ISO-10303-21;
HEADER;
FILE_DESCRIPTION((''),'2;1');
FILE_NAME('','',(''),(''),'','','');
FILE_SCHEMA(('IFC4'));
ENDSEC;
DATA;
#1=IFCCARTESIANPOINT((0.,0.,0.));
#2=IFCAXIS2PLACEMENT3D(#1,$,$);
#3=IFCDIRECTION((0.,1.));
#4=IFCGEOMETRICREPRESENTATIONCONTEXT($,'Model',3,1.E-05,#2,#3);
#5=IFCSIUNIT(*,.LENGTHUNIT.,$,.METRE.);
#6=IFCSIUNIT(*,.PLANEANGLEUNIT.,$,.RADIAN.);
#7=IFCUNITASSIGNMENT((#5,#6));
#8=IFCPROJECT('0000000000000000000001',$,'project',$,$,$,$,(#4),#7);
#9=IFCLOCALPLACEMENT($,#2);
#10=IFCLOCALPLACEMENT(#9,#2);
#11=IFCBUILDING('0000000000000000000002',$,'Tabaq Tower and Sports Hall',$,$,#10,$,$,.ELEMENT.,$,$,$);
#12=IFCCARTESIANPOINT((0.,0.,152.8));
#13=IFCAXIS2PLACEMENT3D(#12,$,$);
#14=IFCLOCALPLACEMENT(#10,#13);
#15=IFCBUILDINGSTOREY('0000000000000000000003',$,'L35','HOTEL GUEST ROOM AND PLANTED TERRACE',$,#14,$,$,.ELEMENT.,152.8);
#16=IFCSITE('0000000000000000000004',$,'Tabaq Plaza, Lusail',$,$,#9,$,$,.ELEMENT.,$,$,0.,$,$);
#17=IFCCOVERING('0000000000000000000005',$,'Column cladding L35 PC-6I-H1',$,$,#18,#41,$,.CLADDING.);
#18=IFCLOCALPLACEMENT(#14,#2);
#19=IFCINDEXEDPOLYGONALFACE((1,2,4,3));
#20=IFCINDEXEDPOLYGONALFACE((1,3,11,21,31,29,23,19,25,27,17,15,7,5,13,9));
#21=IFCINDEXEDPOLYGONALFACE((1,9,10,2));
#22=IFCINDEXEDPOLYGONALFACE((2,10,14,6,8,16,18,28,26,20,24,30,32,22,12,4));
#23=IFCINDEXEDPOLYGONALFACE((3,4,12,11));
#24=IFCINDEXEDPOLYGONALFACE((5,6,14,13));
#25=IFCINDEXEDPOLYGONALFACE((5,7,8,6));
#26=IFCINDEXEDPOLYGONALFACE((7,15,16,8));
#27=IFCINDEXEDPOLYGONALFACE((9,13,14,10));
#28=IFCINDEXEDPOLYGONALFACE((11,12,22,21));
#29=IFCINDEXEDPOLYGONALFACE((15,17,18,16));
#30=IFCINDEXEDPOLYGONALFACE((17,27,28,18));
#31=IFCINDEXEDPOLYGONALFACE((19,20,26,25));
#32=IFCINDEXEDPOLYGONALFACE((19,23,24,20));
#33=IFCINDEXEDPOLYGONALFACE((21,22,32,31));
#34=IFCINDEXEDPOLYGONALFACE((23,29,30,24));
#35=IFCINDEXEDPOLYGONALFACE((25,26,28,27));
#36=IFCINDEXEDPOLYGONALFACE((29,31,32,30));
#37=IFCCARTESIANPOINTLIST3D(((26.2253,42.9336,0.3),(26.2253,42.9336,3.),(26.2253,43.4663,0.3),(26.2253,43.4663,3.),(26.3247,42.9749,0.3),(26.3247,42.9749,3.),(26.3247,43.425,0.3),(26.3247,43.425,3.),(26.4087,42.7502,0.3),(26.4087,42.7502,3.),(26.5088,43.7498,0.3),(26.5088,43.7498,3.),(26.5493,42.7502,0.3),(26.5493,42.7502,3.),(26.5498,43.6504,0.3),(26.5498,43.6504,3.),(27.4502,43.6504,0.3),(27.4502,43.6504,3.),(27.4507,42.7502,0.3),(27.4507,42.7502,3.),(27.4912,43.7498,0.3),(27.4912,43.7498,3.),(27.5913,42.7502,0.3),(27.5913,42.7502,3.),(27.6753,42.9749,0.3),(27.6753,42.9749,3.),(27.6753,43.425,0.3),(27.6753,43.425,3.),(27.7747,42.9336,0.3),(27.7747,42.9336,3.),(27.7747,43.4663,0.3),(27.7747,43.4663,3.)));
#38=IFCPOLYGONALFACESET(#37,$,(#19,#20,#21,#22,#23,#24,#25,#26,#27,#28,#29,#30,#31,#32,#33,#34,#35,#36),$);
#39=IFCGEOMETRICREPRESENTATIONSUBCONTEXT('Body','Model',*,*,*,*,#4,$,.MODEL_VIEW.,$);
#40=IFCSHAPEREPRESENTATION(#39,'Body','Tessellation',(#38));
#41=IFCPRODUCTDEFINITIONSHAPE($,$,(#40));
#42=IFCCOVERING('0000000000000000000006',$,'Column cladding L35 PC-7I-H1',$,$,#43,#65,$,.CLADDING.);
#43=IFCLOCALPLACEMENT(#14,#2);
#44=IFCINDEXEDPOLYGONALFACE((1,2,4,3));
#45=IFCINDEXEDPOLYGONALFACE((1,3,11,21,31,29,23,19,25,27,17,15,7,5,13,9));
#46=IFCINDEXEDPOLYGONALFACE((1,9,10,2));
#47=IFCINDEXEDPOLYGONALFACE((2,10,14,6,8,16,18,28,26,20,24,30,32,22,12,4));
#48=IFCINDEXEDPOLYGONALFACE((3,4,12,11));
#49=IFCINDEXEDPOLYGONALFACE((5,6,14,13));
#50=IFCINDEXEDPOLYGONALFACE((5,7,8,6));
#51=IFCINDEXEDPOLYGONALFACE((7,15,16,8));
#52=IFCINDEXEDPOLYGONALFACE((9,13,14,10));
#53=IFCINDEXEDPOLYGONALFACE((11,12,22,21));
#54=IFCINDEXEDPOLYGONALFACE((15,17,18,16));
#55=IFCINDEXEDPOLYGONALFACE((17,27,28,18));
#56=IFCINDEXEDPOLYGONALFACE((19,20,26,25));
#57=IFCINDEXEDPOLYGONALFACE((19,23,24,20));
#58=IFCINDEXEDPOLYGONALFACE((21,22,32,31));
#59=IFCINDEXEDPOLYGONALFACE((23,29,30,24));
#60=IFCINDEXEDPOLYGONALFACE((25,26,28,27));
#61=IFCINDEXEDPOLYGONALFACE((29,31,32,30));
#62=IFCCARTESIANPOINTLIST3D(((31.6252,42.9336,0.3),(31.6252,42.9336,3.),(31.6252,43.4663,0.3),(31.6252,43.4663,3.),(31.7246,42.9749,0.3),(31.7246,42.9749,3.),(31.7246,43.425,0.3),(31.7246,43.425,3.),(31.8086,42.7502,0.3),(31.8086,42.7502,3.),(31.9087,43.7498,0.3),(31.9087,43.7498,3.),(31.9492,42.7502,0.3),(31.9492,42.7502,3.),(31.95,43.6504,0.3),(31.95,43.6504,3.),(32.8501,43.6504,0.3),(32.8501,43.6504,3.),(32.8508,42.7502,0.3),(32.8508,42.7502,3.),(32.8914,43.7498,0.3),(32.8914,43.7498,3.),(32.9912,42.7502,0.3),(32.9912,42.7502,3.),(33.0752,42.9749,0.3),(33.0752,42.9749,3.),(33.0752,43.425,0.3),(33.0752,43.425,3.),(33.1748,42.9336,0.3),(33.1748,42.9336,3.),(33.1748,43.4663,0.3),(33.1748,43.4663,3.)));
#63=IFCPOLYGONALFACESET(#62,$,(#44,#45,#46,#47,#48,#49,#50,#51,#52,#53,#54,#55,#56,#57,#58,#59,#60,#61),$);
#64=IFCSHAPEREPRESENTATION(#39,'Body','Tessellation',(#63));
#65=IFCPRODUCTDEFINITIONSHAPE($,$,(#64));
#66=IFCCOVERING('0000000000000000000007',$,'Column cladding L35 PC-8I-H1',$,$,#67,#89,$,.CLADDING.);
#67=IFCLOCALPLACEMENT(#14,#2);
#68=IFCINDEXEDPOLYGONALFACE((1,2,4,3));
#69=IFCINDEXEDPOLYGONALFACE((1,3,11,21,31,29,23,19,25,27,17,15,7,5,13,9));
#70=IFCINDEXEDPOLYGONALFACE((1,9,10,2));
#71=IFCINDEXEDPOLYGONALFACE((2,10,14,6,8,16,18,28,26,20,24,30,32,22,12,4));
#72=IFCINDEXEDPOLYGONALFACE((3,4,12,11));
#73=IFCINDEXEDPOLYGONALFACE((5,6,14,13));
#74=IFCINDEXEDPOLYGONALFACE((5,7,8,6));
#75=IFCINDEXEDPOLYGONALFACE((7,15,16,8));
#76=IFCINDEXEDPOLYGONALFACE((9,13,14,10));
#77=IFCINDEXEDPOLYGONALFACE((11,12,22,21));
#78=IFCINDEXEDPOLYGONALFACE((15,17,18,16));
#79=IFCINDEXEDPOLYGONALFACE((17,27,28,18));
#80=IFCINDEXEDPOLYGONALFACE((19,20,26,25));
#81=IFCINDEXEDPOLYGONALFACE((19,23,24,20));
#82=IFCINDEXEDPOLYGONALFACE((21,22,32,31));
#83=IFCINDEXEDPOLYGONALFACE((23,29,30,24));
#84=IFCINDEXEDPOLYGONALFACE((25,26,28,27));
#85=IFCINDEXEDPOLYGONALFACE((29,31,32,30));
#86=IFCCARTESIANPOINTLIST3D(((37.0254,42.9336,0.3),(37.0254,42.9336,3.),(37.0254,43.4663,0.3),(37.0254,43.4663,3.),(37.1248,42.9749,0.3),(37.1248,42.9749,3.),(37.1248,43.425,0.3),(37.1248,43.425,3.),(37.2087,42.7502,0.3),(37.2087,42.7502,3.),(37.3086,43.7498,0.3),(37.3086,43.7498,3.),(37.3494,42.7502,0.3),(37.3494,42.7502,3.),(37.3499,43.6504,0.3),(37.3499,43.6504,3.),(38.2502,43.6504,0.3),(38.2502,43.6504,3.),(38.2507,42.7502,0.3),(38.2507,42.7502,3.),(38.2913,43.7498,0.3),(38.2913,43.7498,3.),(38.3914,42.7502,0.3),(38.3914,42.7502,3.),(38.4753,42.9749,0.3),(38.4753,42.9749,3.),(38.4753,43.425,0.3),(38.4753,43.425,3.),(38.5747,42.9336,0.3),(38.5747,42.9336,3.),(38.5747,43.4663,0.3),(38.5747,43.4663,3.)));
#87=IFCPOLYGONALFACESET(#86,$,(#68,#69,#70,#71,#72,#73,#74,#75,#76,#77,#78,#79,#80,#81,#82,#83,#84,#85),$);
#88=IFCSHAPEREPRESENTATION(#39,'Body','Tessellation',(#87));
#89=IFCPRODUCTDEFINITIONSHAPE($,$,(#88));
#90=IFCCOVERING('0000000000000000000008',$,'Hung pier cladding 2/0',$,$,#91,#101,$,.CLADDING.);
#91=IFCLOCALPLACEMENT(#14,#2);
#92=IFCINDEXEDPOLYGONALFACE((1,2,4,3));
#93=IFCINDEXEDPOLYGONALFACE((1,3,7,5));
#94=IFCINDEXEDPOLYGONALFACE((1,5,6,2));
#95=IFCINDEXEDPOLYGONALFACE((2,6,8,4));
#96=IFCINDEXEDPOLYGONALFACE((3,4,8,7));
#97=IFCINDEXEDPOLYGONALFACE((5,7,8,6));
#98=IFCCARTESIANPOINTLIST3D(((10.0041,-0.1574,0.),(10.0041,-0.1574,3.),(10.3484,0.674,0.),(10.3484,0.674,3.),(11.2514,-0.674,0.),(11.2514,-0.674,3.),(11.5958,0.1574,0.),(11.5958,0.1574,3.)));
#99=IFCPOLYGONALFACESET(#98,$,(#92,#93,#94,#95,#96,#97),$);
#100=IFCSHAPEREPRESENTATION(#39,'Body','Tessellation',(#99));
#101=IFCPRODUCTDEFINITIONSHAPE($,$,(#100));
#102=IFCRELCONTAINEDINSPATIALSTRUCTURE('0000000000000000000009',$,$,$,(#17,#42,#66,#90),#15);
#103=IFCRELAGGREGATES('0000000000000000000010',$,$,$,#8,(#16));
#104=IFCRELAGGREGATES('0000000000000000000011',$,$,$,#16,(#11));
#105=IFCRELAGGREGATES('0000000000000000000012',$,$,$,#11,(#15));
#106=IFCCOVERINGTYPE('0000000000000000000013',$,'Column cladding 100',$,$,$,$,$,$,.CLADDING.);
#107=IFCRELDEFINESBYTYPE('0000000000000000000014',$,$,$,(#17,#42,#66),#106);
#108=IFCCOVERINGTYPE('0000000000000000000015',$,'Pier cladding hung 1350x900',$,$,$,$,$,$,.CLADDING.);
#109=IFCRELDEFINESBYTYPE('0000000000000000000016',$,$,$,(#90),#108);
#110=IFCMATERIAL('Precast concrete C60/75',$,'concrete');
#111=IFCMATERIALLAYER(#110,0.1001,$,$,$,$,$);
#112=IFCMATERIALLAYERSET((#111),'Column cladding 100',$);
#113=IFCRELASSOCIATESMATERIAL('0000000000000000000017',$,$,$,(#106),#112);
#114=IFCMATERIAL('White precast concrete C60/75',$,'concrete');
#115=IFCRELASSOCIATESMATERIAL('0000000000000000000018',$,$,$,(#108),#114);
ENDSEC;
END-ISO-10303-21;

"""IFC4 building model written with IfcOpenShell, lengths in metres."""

from ifc_helpers import new_model, si_unit, direction, frame, frame_2d, origin, place, context, subcontext, project, spatial, polyline, rectangle, outline, extrude, material, layer, layer_set, type_object, element, save


model = new_model("IFC4")

# Units and contexts
model_context = context("Model", 3, precision=1e-05, world=origin(), true_north=direction((0.0, 1.0)))
body_context = subcontext(model_context, "Body", "Model", "MODEL_VIEW")
ifc_project = project(units=[si_unit("LENGTHUNIT", "METRE"), si_unit("PLANEANGLEUNIT", "RADIAN")], contexts=[model_context])

# Site, building, storey
site_placement = place(None, origin())
site = spatial("IfcSite", under=ifc_project, at=site_placement, Name="Tabaq Plaza, Lusail", CompositionType="ELEMENT", RefElevation=0.0)
building_placement = place(site_placement, origin())
building = spatial("IfcBuilding", under=site, at=building_placement, Name="Tabaq Tower and Sports Hall", CompositionType="ELEMENT")
storey_placement = place(building_placement, frame((0.0, 0.0, 152.8)))
storey = spatial("IfcBuildingStorey", under=building, at=storey_placement, Name="L35", Description="HOTEL GUEST ROOM AND PLANTED TERRACE", CompositionType="ELEMENT", Elevation=152.8)

# Coverings
ifc_material_1 = material(Name="Precast concrete C60/75", Category="concrete")
ifc_layer_1 = layer(ifc_material_1, 0.1001)
ifc_layer_set_1 = layer_set([ifc_layer_1], Name="Column cladding 100")
covering_type_1 = type_object("IfcCoveringType", Name="Column cladding 100", PredefinedType="CLADDING", material=ifc_layer_set_1)
covering_1_placement = place(storey_placement, frame((0.0, 0.0, 0.3)))
element("IfcCovering", 1, at=covering_1_placement, inside=storey, type_object=covering_type_1, Name="Column cladding L35 PC-6I-H1", PredefinedType="CLADDING", context=body_context, shape_type="SweptSolid", body=[
    extrude(outline(polyline([(26.2253, 43.4663), (26.5088, 43.7498), (27.4912, 43.7498), (27.7747, 43.4663), (27.7747, 42.9336), (27.5913, 42.7502), (27.4507, 42.7502), (27.6753, 42.9749), (27.6753, 43.425), (27.4502, 43.6504), (26.5498, 43.6504), (26.3247, 43.425), (26.3247, 42.9749), (26.5493, 42.7502), (26.4087, 42.7502), (26.2253, 42.9336), (26.2253, 43.4663)])), origin(), (0.0, 0.0, 1.0), 2.7),
])
covering_2_placement = place(storey_placement, frame((0.0, 0.0, 0.3)))
element("IfcCovering", 2, at=covering_2_placement, inside=storey, type_object=covering_type_1, Name="Column cladding L35 PC-7I-H1", PredefinedType="CLADDING", context=body_context, shape_type="SweptSolid", body=[
    extrude(outline(polyline([(31.6252, 43.4663), (31.9087, 43.7498), (32.8914, 43.7498), (33.1748, 43.4663), (33.1748, 42.9336), (32.9912, 42.7502), (32.8508, 42.7502), (33.0752, 42.9749), (33.0752, 43.425), (32.8501, 43.6504), (31.95, 43.6504), (31.7246, 43.425), (31.7246, 42.9749), (31.9492, 42.7502), (31.8086, 42.7502), (31.6252, 42.9336), (31.6252, 43.4663)])), origin(), (0.0, 0.0, 1.0), 2.7),
])
covering_3_placement = place(storey_placement, frame((0.0, 0.0, 0.3)))
element("IfcCovering", 3, at=covering_3_placement, inside=storey, type_object=covering_type_1, Name="Column cladding L35 PC-8I-H1", PredefinedType="CLADDING", context=body_context, shape_type="SweptSolid", body=[
    extrude(outline(polyline([(37.0254, 43.4663), (37.3086, 43.7498), (38.2913, 43.7498), (38.5747, 43.4663), (38.5747, 42.9336), (38.3914, 42.7502), (38.2507, 42.7502), (38.4753, 42.9749), (38.4753, 43.425), (38.2502, 43.6504), (37.3499, 43.6504), (37.1248, 43.425), (37.1248, 42.9749), (37.3494, 42.7502), (37.2087, 42.7502), (37.0254, 42.9336), (37.0254, 43.4663)])), origin(), (0.0, 0.0, 1.0), 2.7),
])
ifc_material_2 = material(Name="White precast concrete C60/75", Category="concrete")
covering_type_2 = type_object("IfcCoveringType", Name="Pier cladding hung 1350x900", PredefinedType="CLADDING", material=ifc_material_2)
covering_4_placement = place(storey_placement, frame((10.1763, 0.2583, 0.0), z_axis=(0.0, 0.0, 1.0), x_axis=(0.923893, -0.38265, 0.0)))
element("IfcCovering", 4, at=covering_4_placement, inside=storey, type_object=covering_type_2, Name="Hung pier cladding 2/0", PredefinedType="CLADDING", context=body_context, shape_type="SweptSolid", body=[
    extrude(rectangle(XDim=1.3501, YDim=0.8999, at=frame_2d((0.675, 0.0))), origin(), (0.0, 0.0, 1.0), 3.0),
])

save(model, "model.ifc")
